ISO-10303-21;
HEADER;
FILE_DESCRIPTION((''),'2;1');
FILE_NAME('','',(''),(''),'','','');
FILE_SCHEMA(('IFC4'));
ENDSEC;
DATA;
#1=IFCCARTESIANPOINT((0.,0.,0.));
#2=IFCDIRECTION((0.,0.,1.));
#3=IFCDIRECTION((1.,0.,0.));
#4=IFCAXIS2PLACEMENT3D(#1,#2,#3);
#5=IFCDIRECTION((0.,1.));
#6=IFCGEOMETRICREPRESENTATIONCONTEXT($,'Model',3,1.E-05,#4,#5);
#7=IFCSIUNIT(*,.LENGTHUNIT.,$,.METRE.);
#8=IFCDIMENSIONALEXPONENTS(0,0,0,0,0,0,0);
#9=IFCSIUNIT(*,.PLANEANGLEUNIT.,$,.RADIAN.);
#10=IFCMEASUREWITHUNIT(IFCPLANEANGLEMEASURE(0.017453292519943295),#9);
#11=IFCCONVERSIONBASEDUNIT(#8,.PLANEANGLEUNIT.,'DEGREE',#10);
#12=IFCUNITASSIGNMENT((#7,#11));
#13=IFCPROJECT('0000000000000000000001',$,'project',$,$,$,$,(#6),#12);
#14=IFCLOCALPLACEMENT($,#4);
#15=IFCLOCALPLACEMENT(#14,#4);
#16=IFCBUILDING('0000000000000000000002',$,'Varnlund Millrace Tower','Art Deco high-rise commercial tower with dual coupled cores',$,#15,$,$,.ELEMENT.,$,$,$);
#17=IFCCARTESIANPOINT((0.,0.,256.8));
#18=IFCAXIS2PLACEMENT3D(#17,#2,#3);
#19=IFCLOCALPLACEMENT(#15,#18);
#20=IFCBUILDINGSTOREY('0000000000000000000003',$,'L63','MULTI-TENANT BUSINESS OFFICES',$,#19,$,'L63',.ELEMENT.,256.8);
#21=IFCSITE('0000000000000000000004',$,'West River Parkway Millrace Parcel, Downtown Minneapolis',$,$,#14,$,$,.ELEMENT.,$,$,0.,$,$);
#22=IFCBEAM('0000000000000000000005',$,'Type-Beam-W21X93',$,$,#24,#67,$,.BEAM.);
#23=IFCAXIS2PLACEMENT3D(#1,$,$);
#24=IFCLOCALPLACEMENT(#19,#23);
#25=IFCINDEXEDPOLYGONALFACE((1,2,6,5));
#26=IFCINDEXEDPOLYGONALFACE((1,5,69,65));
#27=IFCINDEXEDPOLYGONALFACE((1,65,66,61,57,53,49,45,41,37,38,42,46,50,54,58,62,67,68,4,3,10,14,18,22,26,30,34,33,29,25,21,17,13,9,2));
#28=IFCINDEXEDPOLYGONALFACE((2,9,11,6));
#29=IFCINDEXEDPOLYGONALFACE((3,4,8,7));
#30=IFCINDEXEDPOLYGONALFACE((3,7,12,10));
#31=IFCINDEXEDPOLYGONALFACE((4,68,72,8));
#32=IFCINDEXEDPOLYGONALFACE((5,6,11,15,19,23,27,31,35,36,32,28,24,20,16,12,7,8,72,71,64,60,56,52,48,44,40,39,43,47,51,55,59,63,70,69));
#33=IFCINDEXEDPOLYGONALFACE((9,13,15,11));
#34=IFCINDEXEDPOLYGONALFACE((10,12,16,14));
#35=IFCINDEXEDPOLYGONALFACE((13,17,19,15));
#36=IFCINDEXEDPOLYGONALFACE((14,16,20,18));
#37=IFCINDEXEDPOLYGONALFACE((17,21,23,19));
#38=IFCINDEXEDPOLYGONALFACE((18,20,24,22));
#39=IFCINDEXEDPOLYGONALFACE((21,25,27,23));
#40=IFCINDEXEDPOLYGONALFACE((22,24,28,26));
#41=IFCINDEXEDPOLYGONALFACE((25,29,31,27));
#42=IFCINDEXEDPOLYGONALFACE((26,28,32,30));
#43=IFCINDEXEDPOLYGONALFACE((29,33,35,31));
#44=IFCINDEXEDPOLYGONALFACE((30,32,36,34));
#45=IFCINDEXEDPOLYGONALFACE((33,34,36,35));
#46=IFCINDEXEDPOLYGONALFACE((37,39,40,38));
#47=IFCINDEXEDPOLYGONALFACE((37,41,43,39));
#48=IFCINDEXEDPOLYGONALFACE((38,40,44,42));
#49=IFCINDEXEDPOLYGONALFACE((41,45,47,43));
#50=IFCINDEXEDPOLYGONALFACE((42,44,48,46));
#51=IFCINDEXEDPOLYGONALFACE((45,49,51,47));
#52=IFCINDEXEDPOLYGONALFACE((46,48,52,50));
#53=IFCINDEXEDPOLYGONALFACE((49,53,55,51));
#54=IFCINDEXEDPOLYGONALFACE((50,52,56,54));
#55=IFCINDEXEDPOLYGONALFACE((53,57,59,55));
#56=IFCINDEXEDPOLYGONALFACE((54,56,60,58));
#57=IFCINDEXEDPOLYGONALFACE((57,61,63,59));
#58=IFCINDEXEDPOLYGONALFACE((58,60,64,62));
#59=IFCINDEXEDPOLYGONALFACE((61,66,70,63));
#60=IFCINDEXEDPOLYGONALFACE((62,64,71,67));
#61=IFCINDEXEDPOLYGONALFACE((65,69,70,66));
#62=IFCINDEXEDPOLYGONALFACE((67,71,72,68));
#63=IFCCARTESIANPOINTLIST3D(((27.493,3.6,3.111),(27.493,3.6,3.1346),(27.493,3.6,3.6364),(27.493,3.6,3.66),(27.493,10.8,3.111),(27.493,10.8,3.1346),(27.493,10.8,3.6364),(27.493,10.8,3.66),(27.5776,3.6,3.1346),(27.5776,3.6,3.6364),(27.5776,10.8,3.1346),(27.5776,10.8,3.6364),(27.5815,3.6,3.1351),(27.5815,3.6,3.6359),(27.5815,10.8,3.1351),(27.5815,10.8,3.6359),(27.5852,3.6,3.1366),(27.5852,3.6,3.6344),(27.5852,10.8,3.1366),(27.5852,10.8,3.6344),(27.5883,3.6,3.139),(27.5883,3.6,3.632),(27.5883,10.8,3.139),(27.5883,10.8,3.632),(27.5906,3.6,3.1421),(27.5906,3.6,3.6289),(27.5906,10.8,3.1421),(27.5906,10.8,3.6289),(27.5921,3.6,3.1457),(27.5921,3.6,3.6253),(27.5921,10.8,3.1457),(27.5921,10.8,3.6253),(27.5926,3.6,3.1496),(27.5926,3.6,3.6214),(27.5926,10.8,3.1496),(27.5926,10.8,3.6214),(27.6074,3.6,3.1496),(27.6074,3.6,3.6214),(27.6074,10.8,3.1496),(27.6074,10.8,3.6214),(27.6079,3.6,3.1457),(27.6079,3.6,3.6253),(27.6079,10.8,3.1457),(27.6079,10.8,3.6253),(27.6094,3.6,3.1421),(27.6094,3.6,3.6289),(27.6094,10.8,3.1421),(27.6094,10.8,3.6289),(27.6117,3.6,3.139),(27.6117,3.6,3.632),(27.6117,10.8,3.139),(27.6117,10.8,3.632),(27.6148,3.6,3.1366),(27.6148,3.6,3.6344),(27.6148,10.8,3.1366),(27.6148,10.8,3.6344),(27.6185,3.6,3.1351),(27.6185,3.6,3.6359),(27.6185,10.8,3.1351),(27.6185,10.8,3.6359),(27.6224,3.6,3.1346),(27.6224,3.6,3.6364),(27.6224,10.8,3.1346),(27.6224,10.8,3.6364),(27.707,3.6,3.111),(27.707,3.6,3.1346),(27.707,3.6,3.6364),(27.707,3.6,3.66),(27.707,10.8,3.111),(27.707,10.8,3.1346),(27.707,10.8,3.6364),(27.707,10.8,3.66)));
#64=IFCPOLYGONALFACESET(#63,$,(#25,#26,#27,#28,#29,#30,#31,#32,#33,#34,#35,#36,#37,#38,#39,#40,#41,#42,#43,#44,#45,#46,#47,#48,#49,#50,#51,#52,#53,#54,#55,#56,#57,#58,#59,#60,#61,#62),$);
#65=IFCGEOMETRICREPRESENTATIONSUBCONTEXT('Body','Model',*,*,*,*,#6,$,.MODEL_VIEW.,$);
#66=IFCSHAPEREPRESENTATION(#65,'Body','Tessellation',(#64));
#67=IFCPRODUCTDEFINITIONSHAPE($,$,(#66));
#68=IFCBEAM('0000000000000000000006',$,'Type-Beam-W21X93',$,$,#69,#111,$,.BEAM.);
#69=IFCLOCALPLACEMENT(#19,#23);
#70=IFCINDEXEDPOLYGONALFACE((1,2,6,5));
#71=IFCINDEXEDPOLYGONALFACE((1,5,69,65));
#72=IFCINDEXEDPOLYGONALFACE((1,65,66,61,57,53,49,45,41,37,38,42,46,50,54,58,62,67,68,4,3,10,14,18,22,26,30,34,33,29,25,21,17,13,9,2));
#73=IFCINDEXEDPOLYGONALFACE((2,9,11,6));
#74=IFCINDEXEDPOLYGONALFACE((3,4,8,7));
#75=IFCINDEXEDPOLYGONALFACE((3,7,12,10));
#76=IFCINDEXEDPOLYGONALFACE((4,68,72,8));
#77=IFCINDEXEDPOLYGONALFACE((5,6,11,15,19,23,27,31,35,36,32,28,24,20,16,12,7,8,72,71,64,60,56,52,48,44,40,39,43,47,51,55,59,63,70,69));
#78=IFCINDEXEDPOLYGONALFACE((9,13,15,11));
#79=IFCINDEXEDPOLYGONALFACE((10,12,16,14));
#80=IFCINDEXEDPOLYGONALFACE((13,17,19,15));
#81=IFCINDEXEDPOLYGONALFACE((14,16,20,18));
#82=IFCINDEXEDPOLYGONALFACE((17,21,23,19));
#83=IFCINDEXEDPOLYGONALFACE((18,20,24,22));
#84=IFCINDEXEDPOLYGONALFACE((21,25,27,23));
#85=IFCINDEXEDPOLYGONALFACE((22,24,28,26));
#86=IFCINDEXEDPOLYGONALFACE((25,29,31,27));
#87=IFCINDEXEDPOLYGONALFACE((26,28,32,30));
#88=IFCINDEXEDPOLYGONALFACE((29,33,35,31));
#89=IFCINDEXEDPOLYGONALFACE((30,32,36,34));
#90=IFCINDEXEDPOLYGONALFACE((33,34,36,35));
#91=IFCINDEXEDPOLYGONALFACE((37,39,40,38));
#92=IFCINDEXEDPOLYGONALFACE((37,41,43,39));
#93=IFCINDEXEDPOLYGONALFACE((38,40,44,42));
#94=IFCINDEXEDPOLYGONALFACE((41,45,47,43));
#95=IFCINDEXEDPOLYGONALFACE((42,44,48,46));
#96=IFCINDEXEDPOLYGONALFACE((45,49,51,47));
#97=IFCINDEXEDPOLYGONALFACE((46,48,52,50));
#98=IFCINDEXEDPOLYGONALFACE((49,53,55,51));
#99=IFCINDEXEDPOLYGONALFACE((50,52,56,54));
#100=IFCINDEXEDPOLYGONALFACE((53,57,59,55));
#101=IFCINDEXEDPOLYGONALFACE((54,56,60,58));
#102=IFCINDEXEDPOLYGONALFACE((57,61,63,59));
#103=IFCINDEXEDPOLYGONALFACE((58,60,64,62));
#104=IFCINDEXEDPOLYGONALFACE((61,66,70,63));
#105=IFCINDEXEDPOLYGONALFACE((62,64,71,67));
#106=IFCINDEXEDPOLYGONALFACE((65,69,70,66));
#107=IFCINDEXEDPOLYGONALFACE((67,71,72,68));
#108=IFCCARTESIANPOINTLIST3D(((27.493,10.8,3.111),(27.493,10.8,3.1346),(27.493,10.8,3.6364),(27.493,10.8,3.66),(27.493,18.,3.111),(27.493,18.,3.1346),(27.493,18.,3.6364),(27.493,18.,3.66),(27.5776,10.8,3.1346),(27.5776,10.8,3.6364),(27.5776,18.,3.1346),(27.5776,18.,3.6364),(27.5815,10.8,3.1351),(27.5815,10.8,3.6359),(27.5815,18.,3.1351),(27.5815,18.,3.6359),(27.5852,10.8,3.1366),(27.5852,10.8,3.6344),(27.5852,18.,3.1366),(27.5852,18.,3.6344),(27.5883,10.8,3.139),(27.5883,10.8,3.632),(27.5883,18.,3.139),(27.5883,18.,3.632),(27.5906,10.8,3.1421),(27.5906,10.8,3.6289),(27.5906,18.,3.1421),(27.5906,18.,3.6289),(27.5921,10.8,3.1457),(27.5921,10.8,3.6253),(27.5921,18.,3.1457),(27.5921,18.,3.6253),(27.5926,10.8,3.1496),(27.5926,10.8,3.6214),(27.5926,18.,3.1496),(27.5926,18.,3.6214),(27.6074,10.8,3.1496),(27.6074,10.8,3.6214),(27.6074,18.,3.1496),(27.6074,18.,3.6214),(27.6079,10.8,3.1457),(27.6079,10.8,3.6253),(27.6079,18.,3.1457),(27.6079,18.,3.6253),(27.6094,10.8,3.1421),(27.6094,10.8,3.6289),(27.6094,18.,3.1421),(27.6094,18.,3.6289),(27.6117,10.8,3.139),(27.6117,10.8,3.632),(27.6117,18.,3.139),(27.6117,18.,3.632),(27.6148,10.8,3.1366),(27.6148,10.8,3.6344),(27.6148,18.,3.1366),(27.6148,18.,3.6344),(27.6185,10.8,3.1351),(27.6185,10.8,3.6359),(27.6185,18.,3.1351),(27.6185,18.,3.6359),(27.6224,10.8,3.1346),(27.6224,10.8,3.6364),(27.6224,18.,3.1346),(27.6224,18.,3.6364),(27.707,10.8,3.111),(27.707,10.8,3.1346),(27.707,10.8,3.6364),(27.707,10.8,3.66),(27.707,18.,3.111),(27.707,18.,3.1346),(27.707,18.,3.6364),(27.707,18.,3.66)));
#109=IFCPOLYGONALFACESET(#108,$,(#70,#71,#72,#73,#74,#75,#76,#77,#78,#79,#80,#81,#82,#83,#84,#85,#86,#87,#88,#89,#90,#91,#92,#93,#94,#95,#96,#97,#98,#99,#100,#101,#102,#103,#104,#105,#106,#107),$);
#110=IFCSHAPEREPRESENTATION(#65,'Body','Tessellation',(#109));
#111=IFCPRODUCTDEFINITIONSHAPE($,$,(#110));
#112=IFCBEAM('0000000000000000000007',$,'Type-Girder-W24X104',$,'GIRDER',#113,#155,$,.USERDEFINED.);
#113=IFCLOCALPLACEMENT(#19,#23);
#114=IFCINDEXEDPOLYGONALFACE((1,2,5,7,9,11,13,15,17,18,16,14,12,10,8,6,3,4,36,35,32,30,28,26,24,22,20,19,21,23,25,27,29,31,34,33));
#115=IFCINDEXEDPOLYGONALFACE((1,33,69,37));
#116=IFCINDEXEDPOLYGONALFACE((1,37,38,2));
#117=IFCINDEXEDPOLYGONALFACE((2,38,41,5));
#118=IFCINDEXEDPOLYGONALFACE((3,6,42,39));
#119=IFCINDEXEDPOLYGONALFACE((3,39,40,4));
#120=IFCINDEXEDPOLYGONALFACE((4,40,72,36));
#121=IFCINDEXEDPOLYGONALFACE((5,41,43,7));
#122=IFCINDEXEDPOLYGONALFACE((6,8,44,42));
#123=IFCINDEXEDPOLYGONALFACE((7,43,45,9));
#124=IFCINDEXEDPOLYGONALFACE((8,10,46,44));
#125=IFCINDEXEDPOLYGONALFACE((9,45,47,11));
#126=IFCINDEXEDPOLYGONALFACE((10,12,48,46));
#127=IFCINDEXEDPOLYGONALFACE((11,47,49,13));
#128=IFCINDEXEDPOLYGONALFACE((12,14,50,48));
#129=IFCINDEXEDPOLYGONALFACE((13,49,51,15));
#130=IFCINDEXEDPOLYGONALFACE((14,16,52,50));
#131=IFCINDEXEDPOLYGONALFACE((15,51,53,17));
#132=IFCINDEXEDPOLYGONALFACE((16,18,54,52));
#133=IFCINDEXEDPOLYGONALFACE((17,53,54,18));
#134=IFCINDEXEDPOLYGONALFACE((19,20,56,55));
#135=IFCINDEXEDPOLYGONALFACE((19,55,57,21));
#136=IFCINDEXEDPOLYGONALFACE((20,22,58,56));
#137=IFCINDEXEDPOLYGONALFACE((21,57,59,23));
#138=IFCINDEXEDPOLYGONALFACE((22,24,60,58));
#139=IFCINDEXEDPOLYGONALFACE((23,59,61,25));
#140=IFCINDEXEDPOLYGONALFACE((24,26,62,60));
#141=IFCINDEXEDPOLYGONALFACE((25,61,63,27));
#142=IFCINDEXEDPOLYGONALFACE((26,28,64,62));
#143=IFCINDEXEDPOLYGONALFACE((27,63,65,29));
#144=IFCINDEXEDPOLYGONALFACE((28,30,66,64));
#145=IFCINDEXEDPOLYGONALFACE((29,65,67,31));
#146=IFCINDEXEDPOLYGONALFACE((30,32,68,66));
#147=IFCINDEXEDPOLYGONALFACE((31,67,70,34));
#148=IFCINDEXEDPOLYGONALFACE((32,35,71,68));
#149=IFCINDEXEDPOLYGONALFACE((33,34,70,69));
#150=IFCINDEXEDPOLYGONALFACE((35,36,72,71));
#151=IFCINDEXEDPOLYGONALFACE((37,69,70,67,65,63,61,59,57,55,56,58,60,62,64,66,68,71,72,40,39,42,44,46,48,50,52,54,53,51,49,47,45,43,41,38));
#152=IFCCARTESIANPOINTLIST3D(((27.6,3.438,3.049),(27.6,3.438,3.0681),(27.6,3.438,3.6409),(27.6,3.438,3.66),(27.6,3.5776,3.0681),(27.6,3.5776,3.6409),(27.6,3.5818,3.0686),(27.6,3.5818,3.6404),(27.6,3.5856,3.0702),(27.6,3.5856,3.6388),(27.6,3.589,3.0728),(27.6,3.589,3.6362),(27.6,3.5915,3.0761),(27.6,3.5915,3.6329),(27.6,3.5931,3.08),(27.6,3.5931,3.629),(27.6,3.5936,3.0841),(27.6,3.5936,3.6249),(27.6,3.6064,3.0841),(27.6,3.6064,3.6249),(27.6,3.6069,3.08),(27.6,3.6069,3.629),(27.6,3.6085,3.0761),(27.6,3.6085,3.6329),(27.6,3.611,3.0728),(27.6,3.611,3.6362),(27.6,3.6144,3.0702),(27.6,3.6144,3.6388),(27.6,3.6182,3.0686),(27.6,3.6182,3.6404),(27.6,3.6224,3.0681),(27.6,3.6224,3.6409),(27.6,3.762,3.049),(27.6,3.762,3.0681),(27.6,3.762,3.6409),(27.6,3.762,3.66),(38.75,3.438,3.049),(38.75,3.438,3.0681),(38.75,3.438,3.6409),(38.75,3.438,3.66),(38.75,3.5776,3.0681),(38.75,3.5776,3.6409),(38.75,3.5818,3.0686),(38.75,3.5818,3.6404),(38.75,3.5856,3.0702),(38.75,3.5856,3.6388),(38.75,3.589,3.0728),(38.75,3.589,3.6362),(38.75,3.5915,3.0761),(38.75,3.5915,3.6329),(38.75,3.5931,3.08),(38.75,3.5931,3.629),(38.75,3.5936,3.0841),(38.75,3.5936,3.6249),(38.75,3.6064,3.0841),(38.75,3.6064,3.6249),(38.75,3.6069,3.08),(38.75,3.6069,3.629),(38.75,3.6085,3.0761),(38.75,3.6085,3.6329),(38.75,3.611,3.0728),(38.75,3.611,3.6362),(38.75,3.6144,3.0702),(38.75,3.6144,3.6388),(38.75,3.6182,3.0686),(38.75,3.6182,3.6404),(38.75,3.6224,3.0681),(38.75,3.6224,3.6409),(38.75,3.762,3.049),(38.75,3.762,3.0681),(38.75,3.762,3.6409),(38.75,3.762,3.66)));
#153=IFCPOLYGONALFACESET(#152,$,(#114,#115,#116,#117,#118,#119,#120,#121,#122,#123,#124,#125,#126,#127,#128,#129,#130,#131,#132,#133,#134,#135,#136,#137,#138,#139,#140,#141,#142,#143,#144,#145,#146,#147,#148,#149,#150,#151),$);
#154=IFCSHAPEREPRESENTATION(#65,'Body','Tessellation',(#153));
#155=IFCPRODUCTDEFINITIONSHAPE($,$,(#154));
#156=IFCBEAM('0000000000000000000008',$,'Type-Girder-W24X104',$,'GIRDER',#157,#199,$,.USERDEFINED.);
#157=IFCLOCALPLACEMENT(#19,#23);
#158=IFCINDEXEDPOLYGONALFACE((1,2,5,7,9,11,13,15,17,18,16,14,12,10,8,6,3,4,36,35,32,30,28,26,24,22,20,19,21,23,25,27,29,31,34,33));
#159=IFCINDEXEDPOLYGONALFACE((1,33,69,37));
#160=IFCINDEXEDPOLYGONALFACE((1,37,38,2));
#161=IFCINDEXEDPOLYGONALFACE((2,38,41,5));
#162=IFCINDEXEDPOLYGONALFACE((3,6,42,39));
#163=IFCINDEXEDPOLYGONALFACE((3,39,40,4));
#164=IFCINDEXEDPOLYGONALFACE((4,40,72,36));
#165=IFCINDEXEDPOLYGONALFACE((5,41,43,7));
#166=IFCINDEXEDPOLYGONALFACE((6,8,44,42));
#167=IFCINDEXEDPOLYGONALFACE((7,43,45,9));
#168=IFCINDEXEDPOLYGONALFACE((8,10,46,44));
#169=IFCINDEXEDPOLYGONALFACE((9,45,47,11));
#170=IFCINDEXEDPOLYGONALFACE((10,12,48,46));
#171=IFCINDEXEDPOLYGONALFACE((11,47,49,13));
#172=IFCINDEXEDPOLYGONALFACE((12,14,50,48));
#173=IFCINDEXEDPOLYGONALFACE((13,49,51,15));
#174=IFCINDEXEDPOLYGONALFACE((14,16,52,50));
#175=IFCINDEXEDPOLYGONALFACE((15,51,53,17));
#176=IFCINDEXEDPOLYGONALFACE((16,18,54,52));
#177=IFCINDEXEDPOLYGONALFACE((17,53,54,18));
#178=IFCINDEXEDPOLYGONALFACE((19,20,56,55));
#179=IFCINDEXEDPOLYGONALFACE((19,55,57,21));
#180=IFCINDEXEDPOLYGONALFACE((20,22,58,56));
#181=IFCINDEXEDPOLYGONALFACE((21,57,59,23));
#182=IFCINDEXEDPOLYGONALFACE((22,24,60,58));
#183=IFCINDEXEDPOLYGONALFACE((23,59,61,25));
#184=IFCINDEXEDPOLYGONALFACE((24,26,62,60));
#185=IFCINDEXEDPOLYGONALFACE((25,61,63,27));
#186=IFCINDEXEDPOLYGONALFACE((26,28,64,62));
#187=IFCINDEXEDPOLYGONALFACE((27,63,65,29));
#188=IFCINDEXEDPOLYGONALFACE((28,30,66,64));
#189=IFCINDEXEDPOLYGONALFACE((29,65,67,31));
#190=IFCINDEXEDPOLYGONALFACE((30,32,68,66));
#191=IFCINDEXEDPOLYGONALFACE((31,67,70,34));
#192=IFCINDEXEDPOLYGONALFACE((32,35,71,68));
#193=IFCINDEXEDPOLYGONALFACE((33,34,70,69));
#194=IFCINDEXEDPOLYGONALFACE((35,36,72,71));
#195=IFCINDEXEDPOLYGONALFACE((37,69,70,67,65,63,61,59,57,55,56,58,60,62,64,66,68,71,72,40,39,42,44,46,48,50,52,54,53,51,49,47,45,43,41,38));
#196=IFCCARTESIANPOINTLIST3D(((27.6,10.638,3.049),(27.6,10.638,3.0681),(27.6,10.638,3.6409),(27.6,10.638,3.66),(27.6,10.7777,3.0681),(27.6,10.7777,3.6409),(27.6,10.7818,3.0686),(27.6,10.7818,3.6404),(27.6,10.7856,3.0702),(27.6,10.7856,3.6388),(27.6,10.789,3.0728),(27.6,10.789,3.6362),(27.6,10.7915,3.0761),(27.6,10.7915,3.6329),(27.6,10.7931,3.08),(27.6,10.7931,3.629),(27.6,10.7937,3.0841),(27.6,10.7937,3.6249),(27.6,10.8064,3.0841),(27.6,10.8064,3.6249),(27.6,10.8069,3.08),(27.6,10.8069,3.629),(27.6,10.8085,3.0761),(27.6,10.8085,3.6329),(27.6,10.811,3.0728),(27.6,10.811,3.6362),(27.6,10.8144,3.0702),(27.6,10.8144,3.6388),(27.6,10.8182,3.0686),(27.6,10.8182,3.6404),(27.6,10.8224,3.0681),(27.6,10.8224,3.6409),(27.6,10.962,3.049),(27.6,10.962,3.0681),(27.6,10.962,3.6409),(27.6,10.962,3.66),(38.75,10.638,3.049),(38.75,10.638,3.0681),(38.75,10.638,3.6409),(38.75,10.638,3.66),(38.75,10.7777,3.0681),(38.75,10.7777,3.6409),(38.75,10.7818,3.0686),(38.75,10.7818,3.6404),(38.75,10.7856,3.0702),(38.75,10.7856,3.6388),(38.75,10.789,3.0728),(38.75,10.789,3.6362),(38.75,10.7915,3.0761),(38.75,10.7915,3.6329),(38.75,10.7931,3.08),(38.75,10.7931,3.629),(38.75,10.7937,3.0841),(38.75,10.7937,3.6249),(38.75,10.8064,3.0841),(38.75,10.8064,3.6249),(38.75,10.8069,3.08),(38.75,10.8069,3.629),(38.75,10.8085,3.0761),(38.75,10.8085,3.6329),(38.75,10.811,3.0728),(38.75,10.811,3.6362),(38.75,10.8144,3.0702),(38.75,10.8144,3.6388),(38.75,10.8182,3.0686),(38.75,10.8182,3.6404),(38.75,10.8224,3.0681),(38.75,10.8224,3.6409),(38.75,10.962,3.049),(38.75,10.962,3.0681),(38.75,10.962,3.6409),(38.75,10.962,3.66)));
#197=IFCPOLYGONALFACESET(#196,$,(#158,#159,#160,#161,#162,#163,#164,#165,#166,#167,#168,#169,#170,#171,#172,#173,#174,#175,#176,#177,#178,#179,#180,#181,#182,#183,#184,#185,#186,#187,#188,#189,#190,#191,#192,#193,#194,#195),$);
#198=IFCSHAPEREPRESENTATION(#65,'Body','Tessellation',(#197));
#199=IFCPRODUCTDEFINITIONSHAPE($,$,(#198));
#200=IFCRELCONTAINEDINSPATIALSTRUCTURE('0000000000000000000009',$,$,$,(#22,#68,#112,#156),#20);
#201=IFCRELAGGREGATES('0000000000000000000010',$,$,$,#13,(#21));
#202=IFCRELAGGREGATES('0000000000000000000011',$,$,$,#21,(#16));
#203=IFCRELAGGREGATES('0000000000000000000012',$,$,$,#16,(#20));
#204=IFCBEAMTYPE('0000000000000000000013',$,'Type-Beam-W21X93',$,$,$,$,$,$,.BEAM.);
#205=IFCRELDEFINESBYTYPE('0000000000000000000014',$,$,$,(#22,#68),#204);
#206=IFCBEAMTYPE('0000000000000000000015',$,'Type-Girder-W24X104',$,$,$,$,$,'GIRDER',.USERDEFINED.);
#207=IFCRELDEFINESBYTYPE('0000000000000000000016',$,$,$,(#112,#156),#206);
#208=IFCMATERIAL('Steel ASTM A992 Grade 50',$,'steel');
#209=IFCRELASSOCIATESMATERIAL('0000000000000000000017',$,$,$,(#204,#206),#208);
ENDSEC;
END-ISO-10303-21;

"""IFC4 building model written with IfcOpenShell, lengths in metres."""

from ifc_helpers import new_model, entity, si_unit, converted_unit, direction, frame, origin_with_axes, origin_2d_with_axis, place, context, subcontext, project, spatial, i_section, extrude, material, material_profile, profile_set, type_object, element, save


model = new_model("IFC4")

# Units and contexts
model_context = context("Model", 3, precision=1e-05, world=origin_with_axes(), true_north=direction((0.0, 1.0)))
body_context = subcontext(model_context, "Body", "Model", "MODEL_VIEW")
ifc_project = project(units=[si_unit("LENGTHUNIT", "METRE"), converted_unit("PLANEANGLEUNIT", "DEGREE", entity("IfcPlaneAngleMeasure", 0.017453292519943295), si_unit("PLANEANGLEUNIT", "RADIAN"), dimensions=[0, 0, 0, 0, 0, 0, 0])], contexts=[model_context])

# Site, building, storey
site_placement = place(None, origin_with_axes())
site = spatial("IfcSite", under=ifc_project, at=site_placement, Name="West River Parkway Millrace Parcel, Downtown Minneapolis", CompositionType="ELEMENT", RefElevation=0.0)
building_placement = place(site_placement, origin_with_axes())
building = spatial("IfcBuilding", under=site, at=building_placement, Name="Varnlund Millrace Tower", Description="Art Deco high-rise commercial tower with dual coupled cores", CompositionType="ELEMENT")
storey_placement = place(building_placement, frame((0.0, 0.0, 256.8), z_axis=(0.0, 0.0, 1.0), x_axis=(1.0, 0.0, 0.0)))
storey = spatial("IfcBuildingStorey", under=building, at=storey_placement, Name="L63", Description="MULTI-TENANT BUSINESS OFFICES", LongName="L63", CompositionType="ELEMENT", Elevation=256.8)

# Beams
ifc_material_1 = material(Name="Steel ASTM A992 Grade 50", Category="steel")
ifc_material_profile_1 = material_profile(ifc_material_1, i_section(OverallWidth=0.214, OverallDepth=0.549, WebThickness=0.0147, FlangeThickness=0.0236, FilletRadius=0.015, at=origin_2d_with_axis()), Name="Steel ASTM A992 Grade 50")
ifc_profile_set_1 = profile_set([ifc_material_profile_1], Name="Steel ASTM A992 Grade 50")
beam_type_1 = type_object("IfcBeamType", Name="Type-Beam-W21X93", PredefinedType="BEAM", material=ifc_profile_set_1)
for number, where, z_axis, x_axis, name in (
    (1, (27.6, 3.6, 3.3855), (0.0, 1.0, 0.0), (-1.0, 0.0, 0.0), "Type-Beam-W21X93"),
    (2, (27.6, 10.8, 3.3855), (0.0, 1.0, 0.0), (-1.0, 0.0, 0.0), "Type-Beam-W21X93"),
):
    element("IfcBeam", number, at=place(storey_placement, frame(where, z_axis=z_axis, x_axis=x_axis)), inside=storey, type_object=beam_type_1, Name=name, PredefinedType="BEAM", context=body_context, shape_type="SweptSolid", body=[
        extrude(i_section(OverallWidth=0.214, OverallDepth=0.549, WebThickness=0.0147, FlangeThickness=0.0236, FilletRadius=0.015, at=origin_2d_with_axis()), origin_with_axes(), (0.0, 0.0, 1.0), 7.2),
    ])
ifc_material_profile_2 = material_profile(ifc_material_1, i_section(OverallWidth=0.324, OverallDepth=0.611, WebThickness=0.0127, FlangeThickness=0.0191, FilletRadius=0.016, at=origin_2d_with_axis()), Name="Steel ASTM A992 Grade 50")
ifc_profile_set_2 = profile_set([ifc_material_profile_2], Name="Steel ASTM A992 Grade 50")
beam_type_2 = type_object("IfcBeamType", Name="Type-Girder-W24X104", ElementType="GIRDER", PredefinedType="USERDEFINED", material=ifc_profile_set_2)
for number, where, z_axis, x_axis, name in (
    (3, (27.6, 3.6, 3.3545), (1.0, 0.0, 0.0), (0.0, 1.0, 0.0), "Type-Girder-W24X104"),
    (4, (27.6, 10.8, 3.3545), (1.0, 0.0, 0.0), (0.0, 1.0, 0.0), "Type-Girder-W24X104"),
):
    element("IfcBeam", number, at=place(storey_placement, frame(where, z_axis=z_axis, x_axis=x_axis)), inside=storey, type_object=beam_type_2, Name=name, ObjectType="GIRDER", PredefinedType="USERDEFINED", context=body_context, shape_type="SweptSolid", body=[
        extrude(i_section(OverallWidth=0.324, OverallDepth=0.611, WebThickness=0.0127, FlangeThickness=0.0191, FilletRadius=0.016, at=origin_2d_with_axis()), origin_with_axes(), (0.0, 0.0, 1.0), 11.15),
    ])

save(model, "model.ifc")
